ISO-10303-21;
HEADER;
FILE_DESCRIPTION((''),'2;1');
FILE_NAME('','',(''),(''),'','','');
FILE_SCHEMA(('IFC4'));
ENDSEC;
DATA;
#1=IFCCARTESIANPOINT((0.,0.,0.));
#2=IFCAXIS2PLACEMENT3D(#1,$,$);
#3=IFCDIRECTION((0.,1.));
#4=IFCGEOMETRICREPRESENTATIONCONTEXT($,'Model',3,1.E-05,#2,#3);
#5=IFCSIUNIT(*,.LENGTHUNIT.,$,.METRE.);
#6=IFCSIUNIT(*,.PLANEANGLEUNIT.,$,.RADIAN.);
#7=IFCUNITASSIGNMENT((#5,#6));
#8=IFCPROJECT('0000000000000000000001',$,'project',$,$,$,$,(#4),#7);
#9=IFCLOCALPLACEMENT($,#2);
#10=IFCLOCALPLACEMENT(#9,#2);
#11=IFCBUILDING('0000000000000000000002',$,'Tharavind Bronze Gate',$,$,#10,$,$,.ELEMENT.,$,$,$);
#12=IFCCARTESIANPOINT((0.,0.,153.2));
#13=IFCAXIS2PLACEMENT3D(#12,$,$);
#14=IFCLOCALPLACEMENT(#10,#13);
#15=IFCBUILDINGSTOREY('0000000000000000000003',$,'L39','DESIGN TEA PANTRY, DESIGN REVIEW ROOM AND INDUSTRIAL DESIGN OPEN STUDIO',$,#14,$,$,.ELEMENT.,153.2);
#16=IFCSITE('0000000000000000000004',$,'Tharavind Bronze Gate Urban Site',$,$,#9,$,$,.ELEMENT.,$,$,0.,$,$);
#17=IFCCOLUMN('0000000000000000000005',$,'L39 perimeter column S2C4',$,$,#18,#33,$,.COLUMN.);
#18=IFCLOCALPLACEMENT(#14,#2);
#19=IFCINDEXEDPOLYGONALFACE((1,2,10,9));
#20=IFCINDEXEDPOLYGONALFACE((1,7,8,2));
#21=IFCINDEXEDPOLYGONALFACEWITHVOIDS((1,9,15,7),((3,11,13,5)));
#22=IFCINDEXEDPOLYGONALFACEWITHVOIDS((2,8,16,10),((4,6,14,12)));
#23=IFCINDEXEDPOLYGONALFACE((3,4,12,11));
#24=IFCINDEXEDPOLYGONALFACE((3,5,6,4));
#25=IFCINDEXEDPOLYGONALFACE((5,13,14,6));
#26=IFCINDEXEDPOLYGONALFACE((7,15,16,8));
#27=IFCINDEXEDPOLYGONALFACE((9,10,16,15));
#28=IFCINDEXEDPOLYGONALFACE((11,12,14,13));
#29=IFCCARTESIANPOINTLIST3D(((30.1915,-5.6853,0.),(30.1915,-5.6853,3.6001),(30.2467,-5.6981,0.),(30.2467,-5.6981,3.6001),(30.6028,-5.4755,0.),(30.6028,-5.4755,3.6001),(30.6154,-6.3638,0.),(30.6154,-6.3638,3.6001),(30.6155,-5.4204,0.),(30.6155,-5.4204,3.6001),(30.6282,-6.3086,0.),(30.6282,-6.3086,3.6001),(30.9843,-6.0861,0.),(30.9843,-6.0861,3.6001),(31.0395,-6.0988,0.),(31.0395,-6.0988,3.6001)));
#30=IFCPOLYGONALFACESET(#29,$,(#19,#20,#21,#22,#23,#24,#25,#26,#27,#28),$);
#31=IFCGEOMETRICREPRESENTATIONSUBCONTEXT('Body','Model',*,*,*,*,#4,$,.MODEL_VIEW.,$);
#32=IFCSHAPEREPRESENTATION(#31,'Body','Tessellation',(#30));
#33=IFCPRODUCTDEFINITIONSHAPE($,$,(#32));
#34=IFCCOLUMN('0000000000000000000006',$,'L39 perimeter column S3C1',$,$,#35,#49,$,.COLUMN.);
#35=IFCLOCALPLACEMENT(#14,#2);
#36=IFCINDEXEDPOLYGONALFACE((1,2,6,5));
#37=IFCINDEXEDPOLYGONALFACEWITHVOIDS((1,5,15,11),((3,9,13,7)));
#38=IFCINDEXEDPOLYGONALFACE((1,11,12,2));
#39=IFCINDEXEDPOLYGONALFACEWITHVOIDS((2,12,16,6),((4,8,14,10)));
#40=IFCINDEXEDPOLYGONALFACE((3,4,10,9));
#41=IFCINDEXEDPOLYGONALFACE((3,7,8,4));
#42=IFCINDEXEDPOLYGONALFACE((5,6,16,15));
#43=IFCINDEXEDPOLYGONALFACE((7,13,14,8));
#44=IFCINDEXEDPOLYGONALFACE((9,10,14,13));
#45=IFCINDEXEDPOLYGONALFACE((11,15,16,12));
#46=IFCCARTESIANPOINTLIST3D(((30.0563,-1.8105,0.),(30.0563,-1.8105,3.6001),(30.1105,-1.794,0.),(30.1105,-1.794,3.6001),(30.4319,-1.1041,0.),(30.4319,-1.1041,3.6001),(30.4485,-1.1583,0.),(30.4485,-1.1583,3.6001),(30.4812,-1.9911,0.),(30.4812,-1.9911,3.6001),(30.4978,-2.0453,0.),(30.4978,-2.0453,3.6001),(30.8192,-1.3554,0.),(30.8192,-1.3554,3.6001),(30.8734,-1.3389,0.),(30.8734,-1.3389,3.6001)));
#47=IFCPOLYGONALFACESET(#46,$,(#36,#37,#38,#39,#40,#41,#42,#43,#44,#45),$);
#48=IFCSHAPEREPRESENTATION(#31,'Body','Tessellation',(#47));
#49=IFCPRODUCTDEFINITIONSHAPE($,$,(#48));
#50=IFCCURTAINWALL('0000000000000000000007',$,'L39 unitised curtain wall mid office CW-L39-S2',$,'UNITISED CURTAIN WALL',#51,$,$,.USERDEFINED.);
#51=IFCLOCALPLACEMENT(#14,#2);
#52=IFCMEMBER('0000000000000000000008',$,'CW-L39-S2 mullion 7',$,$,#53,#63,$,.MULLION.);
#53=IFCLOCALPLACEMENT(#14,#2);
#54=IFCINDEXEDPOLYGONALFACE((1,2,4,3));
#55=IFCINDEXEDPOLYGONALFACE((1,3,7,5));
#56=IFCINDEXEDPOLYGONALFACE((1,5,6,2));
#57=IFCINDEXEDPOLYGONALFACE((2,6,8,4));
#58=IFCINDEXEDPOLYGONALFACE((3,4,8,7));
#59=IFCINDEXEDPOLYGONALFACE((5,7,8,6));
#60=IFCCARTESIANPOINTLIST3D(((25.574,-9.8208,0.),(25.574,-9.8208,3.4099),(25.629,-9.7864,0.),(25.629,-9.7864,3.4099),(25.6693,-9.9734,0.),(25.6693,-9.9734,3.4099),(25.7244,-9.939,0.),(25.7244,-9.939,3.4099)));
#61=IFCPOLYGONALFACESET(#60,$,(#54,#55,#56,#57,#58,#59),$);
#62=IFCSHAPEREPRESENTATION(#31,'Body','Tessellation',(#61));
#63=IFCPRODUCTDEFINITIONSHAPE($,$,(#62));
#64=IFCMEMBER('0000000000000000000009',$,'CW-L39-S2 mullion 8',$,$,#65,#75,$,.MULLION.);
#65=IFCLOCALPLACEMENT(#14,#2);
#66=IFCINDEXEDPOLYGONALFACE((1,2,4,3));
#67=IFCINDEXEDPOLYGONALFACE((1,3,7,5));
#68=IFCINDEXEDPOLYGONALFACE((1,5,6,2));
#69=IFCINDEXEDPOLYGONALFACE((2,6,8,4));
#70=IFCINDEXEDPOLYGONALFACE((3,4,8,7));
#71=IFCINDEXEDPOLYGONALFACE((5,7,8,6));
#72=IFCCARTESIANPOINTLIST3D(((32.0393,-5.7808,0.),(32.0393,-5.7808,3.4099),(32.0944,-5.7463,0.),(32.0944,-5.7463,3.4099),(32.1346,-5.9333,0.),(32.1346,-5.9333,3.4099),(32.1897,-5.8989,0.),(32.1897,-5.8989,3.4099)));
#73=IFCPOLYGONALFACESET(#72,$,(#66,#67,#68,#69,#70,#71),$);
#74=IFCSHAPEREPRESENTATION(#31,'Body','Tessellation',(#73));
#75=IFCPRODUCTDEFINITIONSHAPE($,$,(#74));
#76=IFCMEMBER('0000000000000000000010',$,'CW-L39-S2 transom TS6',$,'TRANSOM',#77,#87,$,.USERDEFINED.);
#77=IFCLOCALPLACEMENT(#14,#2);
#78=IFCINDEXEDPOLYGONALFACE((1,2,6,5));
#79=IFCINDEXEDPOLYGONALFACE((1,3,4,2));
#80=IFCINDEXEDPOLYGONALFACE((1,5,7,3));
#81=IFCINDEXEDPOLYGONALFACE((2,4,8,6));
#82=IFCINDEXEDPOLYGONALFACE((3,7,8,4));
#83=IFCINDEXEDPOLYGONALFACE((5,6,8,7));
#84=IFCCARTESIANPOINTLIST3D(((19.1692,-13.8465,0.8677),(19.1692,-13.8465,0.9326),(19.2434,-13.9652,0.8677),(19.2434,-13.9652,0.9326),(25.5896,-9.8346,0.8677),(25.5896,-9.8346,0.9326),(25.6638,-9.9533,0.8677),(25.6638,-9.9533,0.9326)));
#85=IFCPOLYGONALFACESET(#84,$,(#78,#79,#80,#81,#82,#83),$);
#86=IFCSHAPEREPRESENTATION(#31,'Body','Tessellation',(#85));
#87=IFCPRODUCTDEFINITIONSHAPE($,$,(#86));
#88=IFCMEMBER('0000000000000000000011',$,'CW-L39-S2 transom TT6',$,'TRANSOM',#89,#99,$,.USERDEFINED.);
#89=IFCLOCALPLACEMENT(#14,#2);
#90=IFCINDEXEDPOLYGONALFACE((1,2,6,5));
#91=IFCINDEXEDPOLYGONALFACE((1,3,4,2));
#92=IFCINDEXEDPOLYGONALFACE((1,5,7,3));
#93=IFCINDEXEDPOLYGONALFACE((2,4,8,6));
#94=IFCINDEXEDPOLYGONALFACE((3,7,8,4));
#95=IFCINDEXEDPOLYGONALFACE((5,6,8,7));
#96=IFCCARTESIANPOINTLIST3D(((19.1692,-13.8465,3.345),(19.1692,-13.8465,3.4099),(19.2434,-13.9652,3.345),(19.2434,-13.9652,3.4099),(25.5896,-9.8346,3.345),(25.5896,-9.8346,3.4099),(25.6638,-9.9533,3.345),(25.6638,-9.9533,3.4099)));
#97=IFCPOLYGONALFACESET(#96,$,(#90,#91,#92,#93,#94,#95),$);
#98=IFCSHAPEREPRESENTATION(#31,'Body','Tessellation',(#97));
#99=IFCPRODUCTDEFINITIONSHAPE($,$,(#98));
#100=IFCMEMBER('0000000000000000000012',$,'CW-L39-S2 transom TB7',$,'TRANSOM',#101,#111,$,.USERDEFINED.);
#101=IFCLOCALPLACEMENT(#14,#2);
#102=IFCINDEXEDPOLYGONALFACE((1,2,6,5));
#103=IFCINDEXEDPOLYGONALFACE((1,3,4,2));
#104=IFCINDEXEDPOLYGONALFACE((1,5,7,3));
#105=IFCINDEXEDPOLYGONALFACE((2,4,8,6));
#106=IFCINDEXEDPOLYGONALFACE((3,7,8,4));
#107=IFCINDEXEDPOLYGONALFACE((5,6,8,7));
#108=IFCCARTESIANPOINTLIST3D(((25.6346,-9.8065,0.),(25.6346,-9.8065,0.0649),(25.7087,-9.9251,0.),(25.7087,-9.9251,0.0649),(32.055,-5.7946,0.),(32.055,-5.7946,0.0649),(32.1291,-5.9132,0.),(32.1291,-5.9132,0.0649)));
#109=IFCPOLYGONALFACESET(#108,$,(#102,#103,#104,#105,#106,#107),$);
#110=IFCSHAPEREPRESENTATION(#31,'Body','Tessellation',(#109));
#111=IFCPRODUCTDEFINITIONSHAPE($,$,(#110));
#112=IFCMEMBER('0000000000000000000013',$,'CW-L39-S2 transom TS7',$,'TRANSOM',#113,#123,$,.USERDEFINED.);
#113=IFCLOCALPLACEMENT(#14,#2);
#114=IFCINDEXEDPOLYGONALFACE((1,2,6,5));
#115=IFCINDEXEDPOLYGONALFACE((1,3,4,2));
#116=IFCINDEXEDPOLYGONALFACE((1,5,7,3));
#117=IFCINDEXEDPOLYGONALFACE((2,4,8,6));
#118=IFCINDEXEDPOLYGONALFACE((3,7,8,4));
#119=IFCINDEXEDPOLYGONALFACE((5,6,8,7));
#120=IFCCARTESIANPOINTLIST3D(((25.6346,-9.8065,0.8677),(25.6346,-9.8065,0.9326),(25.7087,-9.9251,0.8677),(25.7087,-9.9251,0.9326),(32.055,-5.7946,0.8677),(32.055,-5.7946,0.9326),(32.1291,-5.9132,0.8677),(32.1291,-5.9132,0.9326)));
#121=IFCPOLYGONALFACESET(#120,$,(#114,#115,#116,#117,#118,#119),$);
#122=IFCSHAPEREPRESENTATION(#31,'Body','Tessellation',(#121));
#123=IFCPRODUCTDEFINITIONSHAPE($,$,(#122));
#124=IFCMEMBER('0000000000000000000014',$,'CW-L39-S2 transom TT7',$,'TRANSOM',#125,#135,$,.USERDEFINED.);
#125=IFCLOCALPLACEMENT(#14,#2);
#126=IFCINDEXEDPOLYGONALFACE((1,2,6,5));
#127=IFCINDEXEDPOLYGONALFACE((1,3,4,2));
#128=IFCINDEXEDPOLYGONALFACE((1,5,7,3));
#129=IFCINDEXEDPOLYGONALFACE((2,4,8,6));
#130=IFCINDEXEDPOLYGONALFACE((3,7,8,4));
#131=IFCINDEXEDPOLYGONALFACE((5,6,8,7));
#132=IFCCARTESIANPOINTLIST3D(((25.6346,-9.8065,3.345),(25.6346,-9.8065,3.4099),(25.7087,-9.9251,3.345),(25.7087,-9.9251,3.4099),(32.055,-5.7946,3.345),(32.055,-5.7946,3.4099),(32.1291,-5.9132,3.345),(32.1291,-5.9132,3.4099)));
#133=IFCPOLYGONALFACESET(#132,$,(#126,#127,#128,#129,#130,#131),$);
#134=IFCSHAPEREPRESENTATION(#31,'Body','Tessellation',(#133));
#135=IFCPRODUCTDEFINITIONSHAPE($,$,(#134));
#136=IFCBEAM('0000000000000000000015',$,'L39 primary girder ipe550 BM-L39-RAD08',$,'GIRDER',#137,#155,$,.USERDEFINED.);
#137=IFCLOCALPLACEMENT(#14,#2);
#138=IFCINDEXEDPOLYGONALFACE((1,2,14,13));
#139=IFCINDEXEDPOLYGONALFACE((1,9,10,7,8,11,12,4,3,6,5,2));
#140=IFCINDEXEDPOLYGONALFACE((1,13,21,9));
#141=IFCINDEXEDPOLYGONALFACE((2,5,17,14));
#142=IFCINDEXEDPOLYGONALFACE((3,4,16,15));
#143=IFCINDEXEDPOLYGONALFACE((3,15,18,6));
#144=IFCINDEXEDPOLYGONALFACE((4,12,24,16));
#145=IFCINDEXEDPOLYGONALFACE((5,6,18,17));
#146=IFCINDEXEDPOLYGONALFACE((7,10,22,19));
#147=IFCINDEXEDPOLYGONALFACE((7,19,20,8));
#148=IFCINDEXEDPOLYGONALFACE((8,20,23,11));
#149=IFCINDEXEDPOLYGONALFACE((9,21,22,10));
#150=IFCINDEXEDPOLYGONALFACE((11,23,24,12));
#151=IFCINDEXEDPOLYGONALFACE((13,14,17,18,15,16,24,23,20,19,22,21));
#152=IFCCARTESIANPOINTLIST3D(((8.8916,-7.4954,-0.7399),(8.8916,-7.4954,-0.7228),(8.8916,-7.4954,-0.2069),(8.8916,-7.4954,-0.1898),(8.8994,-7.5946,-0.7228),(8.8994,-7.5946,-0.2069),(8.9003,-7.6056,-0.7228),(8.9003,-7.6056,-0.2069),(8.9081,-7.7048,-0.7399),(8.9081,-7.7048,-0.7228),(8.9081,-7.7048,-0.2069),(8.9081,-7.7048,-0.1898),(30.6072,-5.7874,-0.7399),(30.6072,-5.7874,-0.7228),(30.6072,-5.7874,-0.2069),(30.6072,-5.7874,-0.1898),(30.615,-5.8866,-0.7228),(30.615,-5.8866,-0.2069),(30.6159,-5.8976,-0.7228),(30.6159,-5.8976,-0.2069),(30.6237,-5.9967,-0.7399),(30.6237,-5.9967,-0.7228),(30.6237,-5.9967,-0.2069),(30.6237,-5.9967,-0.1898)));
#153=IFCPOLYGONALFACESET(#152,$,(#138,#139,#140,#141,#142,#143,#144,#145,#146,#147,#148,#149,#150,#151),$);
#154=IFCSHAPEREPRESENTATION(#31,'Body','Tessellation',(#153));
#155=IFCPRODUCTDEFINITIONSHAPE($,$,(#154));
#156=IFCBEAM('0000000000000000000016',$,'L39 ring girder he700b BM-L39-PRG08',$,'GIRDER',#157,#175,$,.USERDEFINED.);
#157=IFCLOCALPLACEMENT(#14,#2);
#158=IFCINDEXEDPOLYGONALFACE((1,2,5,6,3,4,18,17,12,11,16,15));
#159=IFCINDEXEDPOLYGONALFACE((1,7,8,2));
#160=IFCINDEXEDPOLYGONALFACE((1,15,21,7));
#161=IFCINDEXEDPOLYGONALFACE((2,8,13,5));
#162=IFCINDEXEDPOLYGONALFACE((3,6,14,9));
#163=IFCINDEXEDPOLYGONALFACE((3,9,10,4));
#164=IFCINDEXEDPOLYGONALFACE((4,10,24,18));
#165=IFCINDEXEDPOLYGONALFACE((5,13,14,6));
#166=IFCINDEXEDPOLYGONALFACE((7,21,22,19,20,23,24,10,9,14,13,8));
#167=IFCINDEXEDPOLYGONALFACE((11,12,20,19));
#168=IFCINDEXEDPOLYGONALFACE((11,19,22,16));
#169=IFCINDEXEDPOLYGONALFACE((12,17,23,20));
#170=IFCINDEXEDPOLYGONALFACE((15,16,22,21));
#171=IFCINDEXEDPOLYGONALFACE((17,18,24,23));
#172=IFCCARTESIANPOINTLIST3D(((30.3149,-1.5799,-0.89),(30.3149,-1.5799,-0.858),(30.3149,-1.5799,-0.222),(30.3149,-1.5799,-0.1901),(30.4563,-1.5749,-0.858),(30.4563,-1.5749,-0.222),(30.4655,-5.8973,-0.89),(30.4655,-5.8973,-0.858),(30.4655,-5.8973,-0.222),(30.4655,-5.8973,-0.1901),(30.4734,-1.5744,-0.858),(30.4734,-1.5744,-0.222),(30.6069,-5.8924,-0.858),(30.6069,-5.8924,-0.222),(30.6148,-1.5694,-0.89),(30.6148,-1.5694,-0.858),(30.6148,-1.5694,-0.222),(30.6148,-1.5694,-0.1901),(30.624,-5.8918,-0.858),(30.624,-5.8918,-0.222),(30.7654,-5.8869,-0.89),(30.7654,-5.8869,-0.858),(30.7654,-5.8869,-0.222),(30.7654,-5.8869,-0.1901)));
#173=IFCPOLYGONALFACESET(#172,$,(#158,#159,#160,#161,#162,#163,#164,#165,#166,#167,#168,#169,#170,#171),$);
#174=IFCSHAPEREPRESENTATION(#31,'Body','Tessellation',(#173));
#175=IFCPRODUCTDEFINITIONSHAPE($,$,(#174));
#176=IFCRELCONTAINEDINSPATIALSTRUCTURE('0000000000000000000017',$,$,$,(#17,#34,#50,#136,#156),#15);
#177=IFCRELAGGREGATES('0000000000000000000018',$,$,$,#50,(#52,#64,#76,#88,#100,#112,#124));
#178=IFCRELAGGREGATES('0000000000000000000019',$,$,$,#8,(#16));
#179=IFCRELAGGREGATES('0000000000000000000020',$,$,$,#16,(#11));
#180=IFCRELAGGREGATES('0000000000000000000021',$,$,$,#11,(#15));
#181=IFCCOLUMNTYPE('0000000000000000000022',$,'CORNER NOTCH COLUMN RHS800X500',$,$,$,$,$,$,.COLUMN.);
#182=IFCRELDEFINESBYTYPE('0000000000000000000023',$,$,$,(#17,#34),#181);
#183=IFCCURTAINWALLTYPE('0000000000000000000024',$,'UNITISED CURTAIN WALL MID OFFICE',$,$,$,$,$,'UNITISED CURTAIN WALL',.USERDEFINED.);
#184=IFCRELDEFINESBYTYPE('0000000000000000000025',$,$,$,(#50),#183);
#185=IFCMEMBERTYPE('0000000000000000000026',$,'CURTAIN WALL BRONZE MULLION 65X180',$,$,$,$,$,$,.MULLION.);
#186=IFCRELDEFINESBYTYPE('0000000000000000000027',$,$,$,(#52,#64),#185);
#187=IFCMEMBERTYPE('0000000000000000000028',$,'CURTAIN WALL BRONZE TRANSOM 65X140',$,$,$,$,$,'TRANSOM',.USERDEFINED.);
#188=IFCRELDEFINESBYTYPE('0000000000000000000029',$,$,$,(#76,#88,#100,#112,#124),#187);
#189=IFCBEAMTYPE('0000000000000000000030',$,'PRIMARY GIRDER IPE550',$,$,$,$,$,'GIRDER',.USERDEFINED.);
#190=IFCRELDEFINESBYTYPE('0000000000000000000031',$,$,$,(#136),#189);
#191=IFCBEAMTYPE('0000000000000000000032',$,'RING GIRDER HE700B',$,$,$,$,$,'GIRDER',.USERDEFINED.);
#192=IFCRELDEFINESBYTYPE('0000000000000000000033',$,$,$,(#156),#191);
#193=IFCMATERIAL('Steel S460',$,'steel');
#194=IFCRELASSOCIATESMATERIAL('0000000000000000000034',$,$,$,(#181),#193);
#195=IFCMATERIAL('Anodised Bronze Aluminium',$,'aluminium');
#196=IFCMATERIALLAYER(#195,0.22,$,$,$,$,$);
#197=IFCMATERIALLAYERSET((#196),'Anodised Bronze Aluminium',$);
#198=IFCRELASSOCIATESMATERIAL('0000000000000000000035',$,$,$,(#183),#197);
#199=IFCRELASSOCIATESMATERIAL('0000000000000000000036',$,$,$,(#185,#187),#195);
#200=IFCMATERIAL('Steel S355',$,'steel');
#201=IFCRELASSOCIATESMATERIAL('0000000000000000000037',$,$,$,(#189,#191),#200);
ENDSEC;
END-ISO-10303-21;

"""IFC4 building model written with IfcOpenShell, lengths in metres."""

from ifc_helpers import new_model, si_unit, direction, frame, origin, origin_2d, place, context, subcontext, project, spatial, rectangle, hollow_rectangle, i_section, extrude, material, layer, layer_set, material_profile, profile_set, type_object, element, aggregate, save


model = new_model("IFC4")

# Units and contexts
model_context = context("Model", 3, precision=1e-05, world=origin(), true_north=direction((0.0, 1.0)))
body_context = subcontext(model_context, "Body", "Model", "MODEL_VIEW")
ifc_project = project(units=[si_unit("LENGTHUNIT", "METRE"), si_unit("PLANEANGLEUNIT", "RADIAN")], contexts=[model_context])

# Site, building, storey
site_placement = place(None, origin())
site = spatial("IfcSite", under=ifc_project, at=site_placement, Name="Tharavind Bronze Gate Urban Site", CompositionType="ELEMENT", RefElevation=0.0)
building_placement = place(site_placement, origin())
building = spatial("IfcBuilding", under=site, at=building_placement, Name="Tharavind Bronze Gate", CompositionType="ELEMENT")
storey_placement = place(building_placement, frame((0.0, 0.0, 153.2)))
storey = spatial("IfcBuildingStorey", under=building, at=storey_placement, Name="L39", Description="DESIGN TEA PANTRY, DESIGN REVIEW ROOM AND INDUSTRIAL DESIGN OPEN STUDIO", CompositionType="ELEMENT", Elevation=153.2)

# Columns
ifc_material_1 = material(Name="Steel S460", Category="steel")
ifc_material_profile_1 = material_profile(ifc_material_1, hollow_rectangle(XDim=0.5, YDim=0.8, WallThickness=0.04, at=origin_2d()), Name="RHS800X500X40")
ifc_profile_set_1 = profile_set([ifc_material_profile_1], Name="Steel S460")
column_type = type_object("IfcColumnType", Name="CORNER NOTCH COLUMN RHS800X500", PredefinedType="COLUMN", material=ifc_profile_set_1)
for number, where, z_axis, x_axis, name in (
    (1, (30.6155, -5.8921, 0.0), (0.0, 0.0, 1.0), (0.848047, 0.529921, 0.0), "L39 perimeter column S2C4"),
    (2, (30.4648, -1.5747, 0.0), (0.0, 0.0, 1.0), (-0.882948, 0.46947, 0.0), "L39 perimeter column S3C1"),
):
    element("IfcColumn", number, at=place(storey_placement, frame(where, z_axis=z_axis, x_axis=x_axis)), inside=storey, type_object=column_type, Name=name, PredefinedType="COLUMN", context=body_context, shape_type="SweptSolid", body=[
        extrude(hollow_rectangle(XDim=0.5, YDim=0.8, WallThickness=0.04, at=origin_2d()), origin(), (0.0, 0.0, 1.0), 3.6001),
    ])

# Curtain wall, members
ifc_material_2 = material(Name="Anodised Bronze Aluminium", Category="aluminium")
ifc_layer_1 = layer(ifc_material_2, 0.22)
ifc_layer_set_1 = layer_set([ifc_layer_1], Name="Anodised Bronze Aluminium")
curtain_wall_type = type_object("IfcCurtainWallType", Name="UNITISED CURTAIN WALL MID OFFICE", ElementType="UNITISED CURTAIN WALL", PredefinedType="USERDEFINED", material=ifc_layer_set_1)
curtain_wall_placement = place(storey_placement, origin())
curtain_wall = element("IfcCurtainWall", 3, at=curtain_wall_placement, inside=storey, type_object=curtain_wall_type, Name="L39 unitised curtain wall mid office CW-L39-S2", ObjectType="UNITISED CURTAIN WALL", PredefinedType="USERDEFINED")
member_type_1 = type_object("IfcMemberType", Name="CURTAIN WALL BRONZE MULLION 65X180", PredefinedType="MULLION", material=ifc_material_2)
member_1_placement = place(storey_placement, frame((25.6492, -9.8799, 0.0), z_axis=(0.0, 0.0, 1.0), x_axis=(0.848048, 0.529919, 0.0)))
member_1 = element("IfcMember", 4, at=member_1_placement, type_object=member_type_1, Name="CW-L39-S2 mullion 7", PredefinedType="MULLION", context=body_context, shape_type="SweptSolid", body=[
    extrude(rectangle(XDim=0.0649, YDim=0.1799, at=origin_2d()), origin(), (0.0, 0.0, 1.0), 3.4099),
])
member_2_placement = place(storey_placement, frame((32.1145, -5.8398, 0.0), z_axis=(0.0, 0.0, 1.0), x_axis=(0.848048, 0.529919, 0.0)))
member_2 = element("IfcMember", 5, at=member_2_placement, type_object=member_type_1, Name="CW-L39-S2 mullion 8", PredefinedType="MULLION", context=body_context, shape_type="SweptSolid", body=[
    extrude(rectangle(XDim=0.0649, YDim=0.1799, at=origin_2d()), origin(), (0.0, 0.0, 1.0), 3.4099),
])
member_type_2 = type_object("IfcMemberType", Name="CURTAIN WALL BRONZE TRANSOM 65X140", ElementType="TRANSOM", PredefinedType="USERDEFINED", material=ifc_material_2)
member_3_placement = place(storey_placement, frame((22.4165, -11.8999, 0.8677), z_axis=(0.0, 0.0, 1.0), x_axis=(0.848048, 0.529919, 0.0)))
member_3 = element("IfcMember", 6, at=member_3_placement, type_object=member_type_2, Name="CW-L39-S2 transom TS6", ObjectType="TRANSOM", PredefinedType="USERDEFINED", context=body_context, shape_type="SweptSolid", body=[
    extrude(rectangle(XDim=7.5708, YDim=0.1399, at=origin_2d()), origin(), (0.0, 0.0, 1.0), 0.0649),
])
member_4_placement = place(storey_placement, frame((22.4165, -11.8999, 3.345), z_axis=(0.0, 0.0, 1.0), x_axis=(0.848048, 0.529919, 0.0)))
member_4 = element("IfcMember", 7, at=member_4_placement, type_object=member_type_2, Name="CW-L39-S2 transom TT6", ObjectType="TRANSOM", PredefinedType="USERDEFINED", context=body_context, shape_type="SweptSolid", body=[
    extrude(rectangle(XDim=7.5708, YDim=0.1399, at=origin_2d()), origin(), (0.0, 0.0, 1.0), 0.0649),
])
member_5_placement = place(storey_placement, frame((28.8818, -7.8599, 0.0), z_axis=(0.0, 0.0, 1.0), x_axis=(0.848048, 0.529919, 0.0)))
member_5 = element("IfcMember", 8, at=member_5_placement, type_object=member_type_2, Name="CW-L39-S2 transom TB7", ObjectType="TRANSOM", PredefinedType="USERDEFINED", context=body_context, shape_type="SweptSolid", body=[
    extrude(rectangle(XDim=7.5708, YDim=0.1399, at=origin_2d()), origin(), (0.0, 0.0, 1.0), 0.0649),
])
member_6_placement = place(storey_placement, frame((28.8818, -7.8599, 0.8677), z_axis=(0.0, 0.0, 1.0), x_axis=(0.848048, 0.529919, 0.0)))
member_6 = element("IfcMember", 9, at=member_6_placement, type_object=member_type_2, Name="CW-L39-S2 transom TS7", ObjectType="TRANSOM", PredefinedType="USERDEFINED", context=body_context, shape_type="SweptSolid", body=[
    extrude(rectangle(XDim=7.5708, YDim=0.1399, at=origin_2d()), origin(), (0.0, 0.0, 1.0), 0.0649),
])
member_7_placement = place(storey_placement, frame((28.8818, -7.8599, 3.345), z_axis=(0.0, 0.0, 1.0), x_axis=(0.848048, 0.529919, 0.0)))
member_7 = element("IfcMember", 10, at=member_7_placement, type_object=member_type_2, Name="CW-L39-S2 transom TT7", ObjectType="TRANSOM", PredefinedType="USERDEFINED", context=body_context, shape_type="SweptSolid", body=[
    extrude(rectangle(XDim=7.5708, YDim=0.1399, at=origin_2d()), origin(), (0.0, 0.0, 1.0), 0.0649),
])

# Beams
ifc_material_3 = material(Name="Steel S355", Category="steel")
ifc_material_profile_2 = material_profile(ifc_material_3, i_section(OverallWidth=0.21, OverallDepth=0.55, WebThickness=0.011, FlangeThickness=0.0171, at=origin_2d()), Name="IPE550")
ifc_profile_set_2 = profile_set([ifc_material_profile_2], Name="Steel S355")
beam_type_1 = type_object("IfcBeamType", Name="PRIMARY GIRDER IPE550", ElementType="GIRDER", PredefinedType="USERDEFINED", material=ifc_profile_set_2)
beam_1_placement = place(storey_placement, frame((30.6155, -5.8921, -0.4648), z_axis=(-0.996921, -0.078411, 0.0), x_axis=(0.078411, -0.996921, 0.0)))
element("IfcBeam", 11, at=beam_1_placement, inside=storey, type_object=beam_type_1, Name="L39 primary girder ipe550 BM-L39-RAD08", ObjectType="GIRDER", PredefinedType="USERDEFINED", context=body_context, shape_type="SweptSolid", body=[
    extrude(i_section(OverallWidth=0.21, OverallDepth=0.55, WebThickness=0.011, FlangeThickness=0.0171, at=origin_2d()), origin(), (0.0, 0.0, 1.0), 21.7827),
])
ifc_material_profile_3 = material_profile(ifc_material_3, i_section(OverallWidth=0.3, OverallDepth=0.7, WebThickness=0.0171, FlangeThickness=0.032, at=origin_2d()), Name="HE700B")
ifc_profile_set_3 = profile_set([ifc_material_profile_3], Name="Steel S355")
beam_type_2 = type_object("IfcBeamType", Name="RING GIRDER HE700B", ElementType="GIRDER", PredefinedType="USERDEFINED", material=ifc_profile_set_3)
beam_2_placement = place(storey_placement, frame((30.6155, -5.8921, -0.54), z_axis=(-0.034869, 0.999392, 0.0), x_axis=(-0.999392, -0.034869, 0.0)))
element("IfcBeam", 12, at=beam_2_placement, inside=storey, type_object=beam_type_2, Name="L39 ring girder he700b BM-L39-PRG08", ObjectType="GIRDER", PredefinedType="USERDEFINED", context=body_context, shape_type="SweptSolid", body=[
    extrude(i_section(OverallWidth=0.3, OverallDepth=0.7, WebThickness=0.0171, FlangeThickness=0.032, at=origin_2d()), origin(), (0.0, 0.0, 1.0), 4.3201),
])

aggregate(curtain_wall, [member_1, member_2, member_3, member_4, member_5, member_6, member_7])

save(model, "model.ifc")
